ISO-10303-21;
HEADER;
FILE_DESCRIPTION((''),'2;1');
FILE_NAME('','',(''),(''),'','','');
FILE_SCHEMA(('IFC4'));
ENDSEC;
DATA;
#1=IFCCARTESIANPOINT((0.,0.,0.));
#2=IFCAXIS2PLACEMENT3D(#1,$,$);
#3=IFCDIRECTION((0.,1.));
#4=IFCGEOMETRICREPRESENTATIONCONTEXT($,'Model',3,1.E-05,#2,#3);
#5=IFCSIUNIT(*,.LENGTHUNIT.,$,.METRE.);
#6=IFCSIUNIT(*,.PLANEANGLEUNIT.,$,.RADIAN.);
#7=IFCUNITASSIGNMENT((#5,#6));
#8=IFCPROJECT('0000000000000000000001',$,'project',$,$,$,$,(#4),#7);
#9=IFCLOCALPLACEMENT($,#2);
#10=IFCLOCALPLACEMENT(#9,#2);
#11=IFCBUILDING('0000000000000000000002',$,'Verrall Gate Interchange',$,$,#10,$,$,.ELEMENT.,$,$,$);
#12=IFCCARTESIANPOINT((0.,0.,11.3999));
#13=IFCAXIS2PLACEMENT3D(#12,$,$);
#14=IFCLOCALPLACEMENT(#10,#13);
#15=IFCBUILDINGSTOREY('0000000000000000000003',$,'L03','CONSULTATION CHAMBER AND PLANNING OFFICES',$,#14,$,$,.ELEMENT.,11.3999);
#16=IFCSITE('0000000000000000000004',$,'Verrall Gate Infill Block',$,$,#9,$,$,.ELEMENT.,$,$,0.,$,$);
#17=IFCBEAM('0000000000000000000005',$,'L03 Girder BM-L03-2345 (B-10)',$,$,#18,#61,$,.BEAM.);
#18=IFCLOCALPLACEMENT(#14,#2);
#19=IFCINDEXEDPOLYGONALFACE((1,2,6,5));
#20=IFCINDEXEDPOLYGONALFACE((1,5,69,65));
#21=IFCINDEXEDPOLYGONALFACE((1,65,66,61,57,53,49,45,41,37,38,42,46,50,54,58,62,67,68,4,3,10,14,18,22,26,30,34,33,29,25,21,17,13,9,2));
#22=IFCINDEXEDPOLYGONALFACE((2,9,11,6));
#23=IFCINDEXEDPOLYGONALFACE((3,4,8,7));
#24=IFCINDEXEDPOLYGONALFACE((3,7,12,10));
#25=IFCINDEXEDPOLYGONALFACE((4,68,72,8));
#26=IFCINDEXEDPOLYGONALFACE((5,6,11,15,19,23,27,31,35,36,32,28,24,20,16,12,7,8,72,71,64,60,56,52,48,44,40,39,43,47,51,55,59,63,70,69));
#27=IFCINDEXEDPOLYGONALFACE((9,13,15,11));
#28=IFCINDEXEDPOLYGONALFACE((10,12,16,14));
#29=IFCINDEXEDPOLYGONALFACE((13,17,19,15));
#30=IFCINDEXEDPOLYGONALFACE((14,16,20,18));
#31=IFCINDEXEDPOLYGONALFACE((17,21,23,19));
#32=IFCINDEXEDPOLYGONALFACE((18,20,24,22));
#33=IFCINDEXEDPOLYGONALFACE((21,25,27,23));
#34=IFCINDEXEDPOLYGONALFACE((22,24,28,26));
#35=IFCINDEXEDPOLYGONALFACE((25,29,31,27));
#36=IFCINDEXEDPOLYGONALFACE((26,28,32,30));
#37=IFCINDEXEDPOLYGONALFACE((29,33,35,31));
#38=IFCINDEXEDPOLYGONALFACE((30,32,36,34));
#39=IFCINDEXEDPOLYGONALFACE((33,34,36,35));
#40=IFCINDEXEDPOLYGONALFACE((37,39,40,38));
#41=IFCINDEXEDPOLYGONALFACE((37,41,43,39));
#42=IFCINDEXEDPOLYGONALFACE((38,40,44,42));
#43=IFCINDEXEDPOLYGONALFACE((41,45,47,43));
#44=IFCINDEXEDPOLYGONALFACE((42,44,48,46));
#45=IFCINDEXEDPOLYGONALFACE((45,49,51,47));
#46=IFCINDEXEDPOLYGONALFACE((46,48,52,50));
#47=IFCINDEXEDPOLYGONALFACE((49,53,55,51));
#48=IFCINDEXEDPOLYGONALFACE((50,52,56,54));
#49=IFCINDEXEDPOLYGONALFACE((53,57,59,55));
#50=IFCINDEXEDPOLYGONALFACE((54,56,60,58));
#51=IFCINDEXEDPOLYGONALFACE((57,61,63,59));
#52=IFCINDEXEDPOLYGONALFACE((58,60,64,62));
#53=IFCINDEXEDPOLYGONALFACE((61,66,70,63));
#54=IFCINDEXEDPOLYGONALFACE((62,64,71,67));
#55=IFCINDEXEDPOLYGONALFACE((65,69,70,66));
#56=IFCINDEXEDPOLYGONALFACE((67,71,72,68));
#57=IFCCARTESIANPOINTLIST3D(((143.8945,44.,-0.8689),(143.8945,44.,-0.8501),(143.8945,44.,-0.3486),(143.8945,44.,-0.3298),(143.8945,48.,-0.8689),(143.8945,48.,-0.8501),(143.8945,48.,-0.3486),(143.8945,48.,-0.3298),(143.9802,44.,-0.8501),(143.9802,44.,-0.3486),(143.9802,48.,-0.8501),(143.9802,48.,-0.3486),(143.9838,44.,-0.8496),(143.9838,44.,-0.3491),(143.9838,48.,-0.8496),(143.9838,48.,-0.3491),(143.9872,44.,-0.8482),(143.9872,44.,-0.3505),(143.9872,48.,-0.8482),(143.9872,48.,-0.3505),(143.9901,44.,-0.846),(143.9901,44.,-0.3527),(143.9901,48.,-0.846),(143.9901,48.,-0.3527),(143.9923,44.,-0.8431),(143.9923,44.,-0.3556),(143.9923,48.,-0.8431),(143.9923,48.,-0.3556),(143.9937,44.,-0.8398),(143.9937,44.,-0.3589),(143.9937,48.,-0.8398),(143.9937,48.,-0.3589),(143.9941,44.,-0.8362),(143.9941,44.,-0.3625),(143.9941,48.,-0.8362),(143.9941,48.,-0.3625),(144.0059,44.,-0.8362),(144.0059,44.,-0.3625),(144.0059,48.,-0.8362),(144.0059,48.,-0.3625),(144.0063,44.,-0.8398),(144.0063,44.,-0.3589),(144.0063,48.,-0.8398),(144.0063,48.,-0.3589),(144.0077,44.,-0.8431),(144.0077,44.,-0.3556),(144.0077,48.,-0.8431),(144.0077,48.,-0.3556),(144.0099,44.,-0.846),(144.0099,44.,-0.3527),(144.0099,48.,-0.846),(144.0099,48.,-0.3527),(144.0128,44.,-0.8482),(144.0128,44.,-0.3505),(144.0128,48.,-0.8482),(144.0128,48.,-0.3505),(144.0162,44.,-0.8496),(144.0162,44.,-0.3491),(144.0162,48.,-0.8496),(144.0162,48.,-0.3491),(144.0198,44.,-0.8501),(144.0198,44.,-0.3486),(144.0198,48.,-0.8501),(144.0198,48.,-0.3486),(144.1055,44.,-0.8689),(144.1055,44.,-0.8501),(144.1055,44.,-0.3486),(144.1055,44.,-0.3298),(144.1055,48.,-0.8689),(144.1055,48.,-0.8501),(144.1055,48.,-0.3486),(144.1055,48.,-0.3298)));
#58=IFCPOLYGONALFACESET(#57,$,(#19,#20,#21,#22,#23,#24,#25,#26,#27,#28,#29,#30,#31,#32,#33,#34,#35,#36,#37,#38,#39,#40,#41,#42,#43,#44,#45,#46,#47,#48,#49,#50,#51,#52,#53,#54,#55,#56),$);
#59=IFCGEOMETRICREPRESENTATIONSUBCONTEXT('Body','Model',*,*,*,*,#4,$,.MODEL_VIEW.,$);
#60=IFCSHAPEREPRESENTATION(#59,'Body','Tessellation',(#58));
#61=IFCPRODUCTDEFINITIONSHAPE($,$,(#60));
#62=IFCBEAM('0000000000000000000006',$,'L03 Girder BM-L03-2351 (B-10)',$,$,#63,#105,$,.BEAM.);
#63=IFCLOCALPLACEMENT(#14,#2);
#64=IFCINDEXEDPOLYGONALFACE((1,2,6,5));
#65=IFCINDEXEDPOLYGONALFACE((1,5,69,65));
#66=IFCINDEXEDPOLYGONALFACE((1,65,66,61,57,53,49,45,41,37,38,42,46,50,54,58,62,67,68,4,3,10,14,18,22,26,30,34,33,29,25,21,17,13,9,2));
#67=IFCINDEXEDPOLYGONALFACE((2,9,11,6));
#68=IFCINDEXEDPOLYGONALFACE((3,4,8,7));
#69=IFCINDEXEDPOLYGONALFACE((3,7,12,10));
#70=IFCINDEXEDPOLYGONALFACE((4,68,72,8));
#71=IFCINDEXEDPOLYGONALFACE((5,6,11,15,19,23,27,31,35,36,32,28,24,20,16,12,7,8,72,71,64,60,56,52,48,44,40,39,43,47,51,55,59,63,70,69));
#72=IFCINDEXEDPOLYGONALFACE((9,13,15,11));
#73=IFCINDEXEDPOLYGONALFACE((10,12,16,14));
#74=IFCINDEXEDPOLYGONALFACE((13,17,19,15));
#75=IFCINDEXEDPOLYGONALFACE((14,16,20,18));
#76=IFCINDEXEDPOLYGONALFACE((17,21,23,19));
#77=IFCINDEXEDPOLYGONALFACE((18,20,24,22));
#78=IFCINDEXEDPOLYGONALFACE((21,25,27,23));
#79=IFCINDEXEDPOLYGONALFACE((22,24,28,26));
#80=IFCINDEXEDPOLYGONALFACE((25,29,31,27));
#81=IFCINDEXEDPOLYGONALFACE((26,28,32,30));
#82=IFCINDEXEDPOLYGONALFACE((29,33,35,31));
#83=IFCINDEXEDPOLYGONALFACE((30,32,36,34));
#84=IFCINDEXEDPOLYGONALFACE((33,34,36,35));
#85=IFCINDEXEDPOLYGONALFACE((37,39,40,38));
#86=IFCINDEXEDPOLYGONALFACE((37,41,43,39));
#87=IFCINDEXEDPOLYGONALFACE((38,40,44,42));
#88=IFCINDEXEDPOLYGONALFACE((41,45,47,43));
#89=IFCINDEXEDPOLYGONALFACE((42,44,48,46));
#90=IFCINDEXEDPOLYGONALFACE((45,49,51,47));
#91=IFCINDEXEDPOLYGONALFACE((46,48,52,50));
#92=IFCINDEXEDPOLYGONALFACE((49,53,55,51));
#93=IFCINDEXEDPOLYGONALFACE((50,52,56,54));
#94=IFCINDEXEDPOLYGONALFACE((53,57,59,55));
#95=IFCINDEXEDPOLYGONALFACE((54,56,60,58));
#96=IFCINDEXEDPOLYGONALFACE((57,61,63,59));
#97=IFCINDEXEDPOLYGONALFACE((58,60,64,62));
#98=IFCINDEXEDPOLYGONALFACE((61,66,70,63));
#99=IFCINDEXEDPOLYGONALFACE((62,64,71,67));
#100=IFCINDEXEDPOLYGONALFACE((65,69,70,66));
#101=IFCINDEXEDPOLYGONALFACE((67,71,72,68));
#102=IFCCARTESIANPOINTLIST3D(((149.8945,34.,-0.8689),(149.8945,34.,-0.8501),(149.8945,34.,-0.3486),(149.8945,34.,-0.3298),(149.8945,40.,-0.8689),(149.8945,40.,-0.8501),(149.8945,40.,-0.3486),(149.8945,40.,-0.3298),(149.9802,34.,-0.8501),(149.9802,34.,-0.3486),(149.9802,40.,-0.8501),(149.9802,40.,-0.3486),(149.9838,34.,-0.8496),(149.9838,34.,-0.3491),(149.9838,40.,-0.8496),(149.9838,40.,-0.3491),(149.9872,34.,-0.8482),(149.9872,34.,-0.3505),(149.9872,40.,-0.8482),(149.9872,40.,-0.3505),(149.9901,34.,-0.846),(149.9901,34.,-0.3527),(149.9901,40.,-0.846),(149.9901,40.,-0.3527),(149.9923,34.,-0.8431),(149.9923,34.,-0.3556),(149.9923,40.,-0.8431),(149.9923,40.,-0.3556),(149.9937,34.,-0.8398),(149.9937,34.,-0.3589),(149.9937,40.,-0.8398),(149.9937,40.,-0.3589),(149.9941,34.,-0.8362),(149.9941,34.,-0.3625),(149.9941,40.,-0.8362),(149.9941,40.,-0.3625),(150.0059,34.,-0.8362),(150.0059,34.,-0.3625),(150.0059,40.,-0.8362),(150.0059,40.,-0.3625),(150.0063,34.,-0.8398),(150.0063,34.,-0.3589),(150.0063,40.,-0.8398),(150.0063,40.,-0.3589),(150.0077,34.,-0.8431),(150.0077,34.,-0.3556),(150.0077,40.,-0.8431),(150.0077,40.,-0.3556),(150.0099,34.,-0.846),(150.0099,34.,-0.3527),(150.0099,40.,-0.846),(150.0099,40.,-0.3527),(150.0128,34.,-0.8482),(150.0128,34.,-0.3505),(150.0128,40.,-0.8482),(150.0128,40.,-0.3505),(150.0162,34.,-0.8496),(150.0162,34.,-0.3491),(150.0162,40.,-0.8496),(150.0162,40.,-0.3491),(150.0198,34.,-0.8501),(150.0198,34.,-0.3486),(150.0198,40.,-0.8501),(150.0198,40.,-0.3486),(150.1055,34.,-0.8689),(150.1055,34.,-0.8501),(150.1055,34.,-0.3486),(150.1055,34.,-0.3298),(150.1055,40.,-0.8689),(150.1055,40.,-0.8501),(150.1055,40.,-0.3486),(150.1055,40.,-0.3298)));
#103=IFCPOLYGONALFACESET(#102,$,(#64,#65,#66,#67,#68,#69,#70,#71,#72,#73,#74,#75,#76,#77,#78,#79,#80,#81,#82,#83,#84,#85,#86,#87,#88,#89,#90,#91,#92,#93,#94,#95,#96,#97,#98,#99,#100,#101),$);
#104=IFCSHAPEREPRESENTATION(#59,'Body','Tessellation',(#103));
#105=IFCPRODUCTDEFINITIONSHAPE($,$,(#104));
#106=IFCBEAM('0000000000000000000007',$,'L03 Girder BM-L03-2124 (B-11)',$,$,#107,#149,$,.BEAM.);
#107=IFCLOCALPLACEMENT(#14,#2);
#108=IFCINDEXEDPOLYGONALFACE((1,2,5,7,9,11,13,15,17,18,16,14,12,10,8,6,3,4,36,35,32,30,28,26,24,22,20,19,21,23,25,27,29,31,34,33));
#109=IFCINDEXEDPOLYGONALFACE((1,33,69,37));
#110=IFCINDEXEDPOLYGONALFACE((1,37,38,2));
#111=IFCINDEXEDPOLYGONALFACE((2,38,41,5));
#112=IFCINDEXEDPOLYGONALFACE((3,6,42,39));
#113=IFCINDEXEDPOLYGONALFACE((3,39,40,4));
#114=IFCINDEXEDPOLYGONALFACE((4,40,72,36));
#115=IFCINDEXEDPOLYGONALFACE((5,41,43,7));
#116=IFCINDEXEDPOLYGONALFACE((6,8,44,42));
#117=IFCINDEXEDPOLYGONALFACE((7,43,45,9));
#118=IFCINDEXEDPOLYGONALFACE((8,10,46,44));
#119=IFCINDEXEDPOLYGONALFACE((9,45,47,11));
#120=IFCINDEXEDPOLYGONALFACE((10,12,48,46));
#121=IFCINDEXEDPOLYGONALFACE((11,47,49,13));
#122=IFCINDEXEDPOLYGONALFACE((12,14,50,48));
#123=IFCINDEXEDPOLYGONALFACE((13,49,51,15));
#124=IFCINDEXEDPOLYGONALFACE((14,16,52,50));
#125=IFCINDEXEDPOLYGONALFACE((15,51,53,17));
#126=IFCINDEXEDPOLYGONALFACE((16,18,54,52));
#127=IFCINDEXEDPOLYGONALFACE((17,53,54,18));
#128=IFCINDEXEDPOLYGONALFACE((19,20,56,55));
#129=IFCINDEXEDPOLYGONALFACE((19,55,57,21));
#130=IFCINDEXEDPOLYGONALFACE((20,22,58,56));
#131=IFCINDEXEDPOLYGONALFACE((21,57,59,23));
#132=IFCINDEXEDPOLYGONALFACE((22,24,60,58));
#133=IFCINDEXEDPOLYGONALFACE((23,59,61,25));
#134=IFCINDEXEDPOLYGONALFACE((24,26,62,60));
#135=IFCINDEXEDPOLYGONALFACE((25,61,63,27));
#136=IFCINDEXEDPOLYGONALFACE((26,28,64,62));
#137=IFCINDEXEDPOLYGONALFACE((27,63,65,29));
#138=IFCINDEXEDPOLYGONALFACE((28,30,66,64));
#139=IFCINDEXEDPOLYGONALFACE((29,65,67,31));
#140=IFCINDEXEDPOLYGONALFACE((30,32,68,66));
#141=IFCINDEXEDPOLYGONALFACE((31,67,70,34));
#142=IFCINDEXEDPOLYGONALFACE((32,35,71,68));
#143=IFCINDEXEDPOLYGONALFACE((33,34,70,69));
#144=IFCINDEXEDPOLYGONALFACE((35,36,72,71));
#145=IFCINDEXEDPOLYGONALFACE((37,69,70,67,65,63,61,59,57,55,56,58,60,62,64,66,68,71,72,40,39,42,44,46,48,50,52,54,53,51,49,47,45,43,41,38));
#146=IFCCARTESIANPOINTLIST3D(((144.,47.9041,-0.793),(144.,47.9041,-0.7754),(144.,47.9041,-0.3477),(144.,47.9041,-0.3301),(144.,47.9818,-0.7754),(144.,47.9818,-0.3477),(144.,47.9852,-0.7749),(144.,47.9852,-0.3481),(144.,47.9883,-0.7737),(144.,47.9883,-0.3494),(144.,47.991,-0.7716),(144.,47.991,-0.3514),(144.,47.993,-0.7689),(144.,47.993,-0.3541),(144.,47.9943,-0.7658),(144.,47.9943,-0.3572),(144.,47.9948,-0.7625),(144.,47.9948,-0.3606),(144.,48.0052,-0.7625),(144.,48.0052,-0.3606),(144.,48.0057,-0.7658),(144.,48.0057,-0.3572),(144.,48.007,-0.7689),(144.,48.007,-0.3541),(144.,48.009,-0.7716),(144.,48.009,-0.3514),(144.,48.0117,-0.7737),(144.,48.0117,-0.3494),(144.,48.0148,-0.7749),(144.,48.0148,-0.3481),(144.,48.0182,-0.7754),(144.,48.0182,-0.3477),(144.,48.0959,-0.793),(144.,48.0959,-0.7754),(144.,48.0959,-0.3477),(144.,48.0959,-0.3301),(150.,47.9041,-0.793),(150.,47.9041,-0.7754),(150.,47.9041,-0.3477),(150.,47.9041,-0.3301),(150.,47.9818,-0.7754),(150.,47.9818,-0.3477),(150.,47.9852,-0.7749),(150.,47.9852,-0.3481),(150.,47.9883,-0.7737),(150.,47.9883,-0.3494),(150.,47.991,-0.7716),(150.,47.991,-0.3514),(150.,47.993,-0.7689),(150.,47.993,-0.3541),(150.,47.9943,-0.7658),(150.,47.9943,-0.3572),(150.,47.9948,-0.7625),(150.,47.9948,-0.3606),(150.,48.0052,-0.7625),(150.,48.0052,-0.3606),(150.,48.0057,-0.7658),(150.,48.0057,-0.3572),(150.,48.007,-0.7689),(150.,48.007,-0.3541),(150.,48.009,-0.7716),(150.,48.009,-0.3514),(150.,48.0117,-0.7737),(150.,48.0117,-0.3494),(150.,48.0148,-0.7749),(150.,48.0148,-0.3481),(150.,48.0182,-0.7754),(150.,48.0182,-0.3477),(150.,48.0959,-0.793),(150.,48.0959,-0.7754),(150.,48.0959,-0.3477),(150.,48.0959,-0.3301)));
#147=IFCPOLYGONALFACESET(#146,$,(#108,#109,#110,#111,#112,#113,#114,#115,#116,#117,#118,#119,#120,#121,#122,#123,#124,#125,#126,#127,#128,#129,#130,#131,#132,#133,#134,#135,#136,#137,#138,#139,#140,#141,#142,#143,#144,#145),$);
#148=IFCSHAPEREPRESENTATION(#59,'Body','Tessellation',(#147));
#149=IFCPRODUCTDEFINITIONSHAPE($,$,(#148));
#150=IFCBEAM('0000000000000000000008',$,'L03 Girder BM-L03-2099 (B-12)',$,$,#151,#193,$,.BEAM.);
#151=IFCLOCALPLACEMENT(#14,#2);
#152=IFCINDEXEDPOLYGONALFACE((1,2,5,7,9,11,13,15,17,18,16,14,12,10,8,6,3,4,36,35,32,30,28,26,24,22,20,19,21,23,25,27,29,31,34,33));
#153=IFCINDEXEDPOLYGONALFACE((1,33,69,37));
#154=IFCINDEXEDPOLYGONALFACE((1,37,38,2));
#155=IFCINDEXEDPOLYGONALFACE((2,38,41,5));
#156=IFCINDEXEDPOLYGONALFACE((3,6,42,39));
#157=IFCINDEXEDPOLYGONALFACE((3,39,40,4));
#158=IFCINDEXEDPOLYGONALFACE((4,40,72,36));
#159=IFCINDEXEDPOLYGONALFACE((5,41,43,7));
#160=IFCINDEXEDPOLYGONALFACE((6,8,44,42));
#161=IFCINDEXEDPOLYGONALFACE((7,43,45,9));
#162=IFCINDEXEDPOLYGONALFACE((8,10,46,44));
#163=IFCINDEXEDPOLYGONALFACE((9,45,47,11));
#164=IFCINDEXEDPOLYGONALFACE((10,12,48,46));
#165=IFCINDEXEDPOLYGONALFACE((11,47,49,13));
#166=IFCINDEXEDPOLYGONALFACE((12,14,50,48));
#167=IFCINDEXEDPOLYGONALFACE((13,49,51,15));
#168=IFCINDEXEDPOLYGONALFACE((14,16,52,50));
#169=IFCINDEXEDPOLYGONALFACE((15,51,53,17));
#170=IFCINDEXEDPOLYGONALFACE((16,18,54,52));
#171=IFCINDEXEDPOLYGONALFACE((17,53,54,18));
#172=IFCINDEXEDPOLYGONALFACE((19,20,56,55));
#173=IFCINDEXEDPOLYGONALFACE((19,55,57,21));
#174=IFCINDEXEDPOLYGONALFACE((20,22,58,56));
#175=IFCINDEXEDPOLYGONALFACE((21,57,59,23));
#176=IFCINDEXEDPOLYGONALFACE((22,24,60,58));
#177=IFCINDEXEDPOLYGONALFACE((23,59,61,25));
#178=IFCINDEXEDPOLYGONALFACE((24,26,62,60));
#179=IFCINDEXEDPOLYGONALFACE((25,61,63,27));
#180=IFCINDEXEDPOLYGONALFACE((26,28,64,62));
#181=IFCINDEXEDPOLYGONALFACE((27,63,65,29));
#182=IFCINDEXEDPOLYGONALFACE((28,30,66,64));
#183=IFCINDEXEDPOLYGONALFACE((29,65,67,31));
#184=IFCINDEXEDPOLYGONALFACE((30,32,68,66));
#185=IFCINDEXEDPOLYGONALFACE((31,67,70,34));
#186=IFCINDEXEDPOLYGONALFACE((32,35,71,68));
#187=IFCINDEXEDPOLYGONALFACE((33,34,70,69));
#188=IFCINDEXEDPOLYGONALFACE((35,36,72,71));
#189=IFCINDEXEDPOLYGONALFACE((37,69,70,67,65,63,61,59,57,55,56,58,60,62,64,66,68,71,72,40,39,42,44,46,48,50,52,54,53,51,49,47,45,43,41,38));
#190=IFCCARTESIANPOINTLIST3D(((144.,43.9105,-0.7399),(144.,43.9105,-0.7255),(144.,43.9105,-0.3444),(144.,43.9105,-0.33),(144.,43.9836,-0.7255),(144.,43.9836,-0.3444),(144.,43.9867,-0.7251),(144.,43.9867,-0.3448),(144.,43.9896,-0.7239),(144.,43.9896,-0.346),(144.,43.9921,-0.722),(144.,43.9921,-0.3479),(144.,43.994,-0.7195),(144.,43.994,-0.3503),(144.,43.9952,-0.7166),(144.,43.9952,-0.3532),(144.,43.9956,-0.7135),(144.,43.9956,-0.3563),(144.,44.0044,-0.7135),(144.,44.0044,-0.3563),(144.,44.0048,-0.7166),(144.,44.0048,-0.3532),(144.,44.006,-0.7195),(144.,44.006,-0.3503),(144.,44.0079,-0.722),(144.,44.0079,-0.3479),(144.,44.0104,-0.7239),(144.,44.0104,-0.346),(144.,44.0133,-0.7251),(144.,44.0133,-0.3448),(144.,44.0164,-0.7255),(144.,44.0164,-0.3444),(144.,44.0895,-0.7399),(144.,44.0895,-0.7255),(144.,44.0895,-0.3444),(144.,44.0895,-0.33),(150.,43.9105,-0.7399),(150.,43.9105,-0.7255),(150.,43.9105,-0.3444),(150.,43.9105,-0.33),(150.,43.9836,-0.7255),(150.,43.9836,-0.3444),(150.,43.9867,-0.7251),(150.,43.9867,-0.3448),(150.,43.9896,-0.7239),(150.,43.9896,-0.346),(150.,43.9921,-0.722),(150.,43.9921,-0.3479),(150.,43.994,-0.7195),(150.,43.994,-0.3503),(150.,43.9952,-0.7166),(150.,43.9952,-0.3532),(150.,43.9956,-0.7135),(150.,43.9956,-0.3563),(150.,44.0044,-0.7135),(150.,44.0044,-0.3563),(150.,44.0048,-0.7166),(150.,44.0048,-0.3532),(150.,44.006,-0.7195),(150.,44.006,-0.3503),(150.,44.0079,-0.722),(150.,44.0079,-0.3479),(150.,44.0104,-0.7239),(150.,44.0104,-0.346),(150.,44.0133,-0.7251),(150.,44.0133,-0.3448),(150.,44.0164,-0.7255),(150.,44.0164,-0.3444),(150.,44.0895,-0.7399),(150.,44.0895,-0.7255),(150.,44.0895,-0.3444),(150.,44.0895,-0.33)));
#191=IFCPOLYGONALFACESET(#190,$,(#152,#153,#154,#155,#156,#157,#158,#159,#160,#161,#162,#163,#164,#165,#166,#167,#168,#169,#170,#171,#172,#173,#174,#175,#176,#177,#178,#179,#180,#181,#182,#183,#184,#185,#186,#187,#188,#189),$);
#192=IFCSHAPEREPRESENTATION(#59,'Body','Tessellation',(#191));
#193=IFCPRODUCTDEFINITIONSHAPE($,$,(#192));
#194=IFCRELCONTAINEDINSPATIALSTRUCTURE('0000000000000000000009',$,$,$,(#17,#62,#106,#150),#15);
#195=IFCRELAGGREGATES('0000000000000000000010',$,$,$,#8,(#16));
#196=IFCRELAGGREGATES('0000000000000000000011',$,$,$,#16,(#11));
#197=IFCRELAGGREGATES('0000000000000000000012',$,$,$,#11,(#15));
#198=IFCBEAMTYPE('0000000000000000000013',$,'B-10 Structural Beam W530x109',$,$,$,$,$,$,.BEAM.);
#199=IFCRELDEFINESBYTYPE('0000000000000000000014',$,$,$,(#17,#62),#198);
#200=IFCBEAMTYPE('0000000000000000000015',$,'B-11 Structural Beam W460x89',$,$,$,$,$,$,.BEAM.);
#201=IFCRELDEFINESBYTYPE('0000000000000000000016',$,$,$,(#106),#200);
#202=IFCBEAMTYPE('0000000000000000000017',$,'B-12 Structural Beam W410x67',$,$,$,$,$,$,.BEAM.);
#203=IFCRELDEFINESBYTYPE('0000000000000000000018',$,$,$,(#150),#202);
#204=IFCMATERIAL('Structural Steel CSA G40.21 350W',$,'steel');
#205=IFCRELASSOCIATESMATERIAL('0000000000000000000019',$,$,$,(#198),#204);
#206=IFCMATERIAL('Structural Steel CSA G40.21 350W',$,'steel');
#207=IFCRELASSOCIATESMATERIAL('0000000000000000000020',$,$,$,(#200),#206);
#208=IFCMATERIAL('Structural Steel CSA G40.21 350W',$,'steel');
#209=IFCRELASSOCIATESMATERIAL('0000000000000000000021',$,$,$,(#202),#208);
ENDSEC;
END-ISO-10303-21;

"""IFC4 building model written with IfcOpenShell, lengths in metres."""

from ifc_helpers import new_model, si_unit, direction, frame, origin, origin_2d, place, context, subcontext, project, spatial, i_section, extrude, material, material_profile, profile_set, type_object, element, save


model = new_model("IFC4")

# Units and contexts
model_context = context("Model", 3, precision=1e-05, world=origin(), true_north=direction((0.0, 1.0)))
body_context = subcontext(model_context, "Body", "Model", "MODEL_VIEW")
ifc_project = project(units=[si_unit("LENGTHUNIT", "METRE"), si_unit("PLANEANGLEUNIT", "RADIAN")], contexts=[model_context])

# Site, building, storey
site_placement = place(None, origin())
site = spatial("IfcSite", under=ifc_project, at=site_placement, Name="Verrall Gate Infill Block", CompositionType="ELEMENT", RefElevation=0.0)
building_placement = place(site_placement, origin())
building = spatial("IfcBuilding", under=site, at=building_placement, Name="Verrall Gate Interchange", CompositionType="ELEMENT")
storey_placement = place(building_placement, frame((0.0, 0.0, 11.3999)))
storey = spatial("IfcBuildingStorey", under=building, at=storey_placement, Name="L03", Description="CONSULTATION CHAMBER AND PLANNING OFFICES", CompositionType="ELEMENT", Elevation=11.3999)

# Beams
ifc_material_1 = material(Name="Structural Steel CSA G40.21 350W", Category="steel")
ifc_material_profile_1 = material_profile(ifc_material_1, i_section(OverallWidth=0.2109, OverallDepth=0.5391, WebThickness=0.0117, FlangeThickness=0.0188, FilletRadius=0.0139, at=origin_2d()), Name="W530x109")
ifc_profile_set_1 = profile_set([ifc_material_profile_1], Name="Structural Steel CSA G40.21 350W")
beam_type_1 = type_object("IfcBeamType", Name="B-10 Structural Beam W530x109", PredefinedType="BEAM", material=ifc_profile_set_1)
for number, where, z_axis, x_axis, name in (
    (1, (144.0, 44.0, -0.5994), (0.0, 1.0, 0.0), (-1.0, 0.0, 0.0), "L03 Girder BM-L03-2345 (B-10)"),
):
    element("IfcBeam", number, at=place(storey_placement, frame(where, z_axis=z_axis, x_axis=x_axis)), inside=storey, type_object=beam_type_1, Name=name, PredefinedType="BEAM", context=body_context, shape_type="SweptSolid", body=[
        extrude(i_section(OverallWidth=0.2109, OverallDepth=0.5391, WebThickness=0.0117, FlangeThickness=0.0188, FilletRadius=0.0139, at=origin_2d()), origin(), (0.0, 0.0, 1.0), 4.0),
    ])
beam_1_placement = place(storey_placement, frame((150.0, 34.0, -0.5994), z_axis=(0.0, 1.0, 0.0), x_axis=(-1.0, 0.0, 0.0)))
element("IfcBeam", 2, at=beam_1_placement, inside=storey, type_object=beam_type_1, Name="L03 Girder BM-L03-2351 (B-10)", PredefinedType="BEAM", context=body_context, shape_type="SweptSolid", body=[
    extrude(i_section(OverallWidth=0.2109, OverallDepth=0.5391, WebThickness=0.0117, FlangeThickness=0.0188, FilletRadius=0.0139, at=origin_2d()), origin(), (0.0, 0.0, 1.0), 6.0),
])
ifc_material_2 = material(Name="Structural Steel CSA G40.21 350W", Category="steel")
ifc_material_profile_2 = material_profile(ifc_material_2, i_section(OverallWidth=0.1919, OverallDepth=0.4629, WebThickness=0.0105, FlangeThickness=0.0176, FilletRadius=0.0129, at=origin_2d()), Name="W460x89")
ifc_profile_set_2 = profile_set([ifc_material_profile_2], Name="Structural Steel CSA G40.21 350W")
beam_type_2 = type_object("IfcBeamType", Name="B-11 Structural Beam W460x89", PredefinedType="BEAM", material=ifc_profile_set_2)
beam_2_placement = place(storey_placement, frame((144.0, 48.0, -0.5615), z_axis=(1.0, 0.0, 0.0), x_axis=(0.0, 1.0, 0.0)))
element("IfcBeam", 3, at=beam_2_placement, inside=storey, type_object=beam_type_2, Name="L03 Girder BM-L03-2124 (B-11)", PredefinedType="BEAM", context=body_context, shape_type="SweptSolid", body=[
    extrude(i_section(OverallWidth=0.1919, OverallDepth=0.4629, WebThickness=0.0105, FlangeThickness=0.0176, FilletRadius=0.0129, at=origin_2d()), origin(), (0.0, 0.0, 1.0), 6.0),
])
ifc_material_3 = material(Name="Structural Steel CSA G40.21 350W", Category="steel")
ifc_material_profile_3 = material_profile(ifc_material_3, i_section(OverallWidth=0.179, OverallDepth=0.4099, WebThickness=0.0088, FlangeThickness=0.0144, FilletRadius=0.012, at=origin_2d()), Name="W410x67")
ifc_profile_set_3 = profile_set([ifc_material_profile_3], Name="Structural Steel CSA G40.21 350W")
beam_type_3 = type_object("IfcBeamType", Name="B-12 Structural Beam W410x67", PredefinedType="BEAM", material=ifc_profile_set_3)
for number, where, z_axis, x_axis, name in (
    (4, (144.0, 44.0, -0.5349), (1.0, 0.0, 0.0), (0.0, 1.0, 0.0), "L03 Girder BM-L03-2099 (B-12)"),
):
    element("IfcBeam", number, at=place(storey_placement, frame(where, z_axis=z_axis, x_axis=x_axis)), inside=storey, type_object=beam_type_3, Name=name, PredefinedType="BEAM", context=body_context, shape_type="SweptSolid", body=[
        extrude(i_section(OverallWidth=0.179, OverallDepth=0.4099, WebThickness=0.0088, FlangeThickness=0.0144, FilletRadius=0.012, at=origin_2d()), origin(), (0.0, 0.0, 1.0), 6.0),
    ])

save(model, "model.ifc")
